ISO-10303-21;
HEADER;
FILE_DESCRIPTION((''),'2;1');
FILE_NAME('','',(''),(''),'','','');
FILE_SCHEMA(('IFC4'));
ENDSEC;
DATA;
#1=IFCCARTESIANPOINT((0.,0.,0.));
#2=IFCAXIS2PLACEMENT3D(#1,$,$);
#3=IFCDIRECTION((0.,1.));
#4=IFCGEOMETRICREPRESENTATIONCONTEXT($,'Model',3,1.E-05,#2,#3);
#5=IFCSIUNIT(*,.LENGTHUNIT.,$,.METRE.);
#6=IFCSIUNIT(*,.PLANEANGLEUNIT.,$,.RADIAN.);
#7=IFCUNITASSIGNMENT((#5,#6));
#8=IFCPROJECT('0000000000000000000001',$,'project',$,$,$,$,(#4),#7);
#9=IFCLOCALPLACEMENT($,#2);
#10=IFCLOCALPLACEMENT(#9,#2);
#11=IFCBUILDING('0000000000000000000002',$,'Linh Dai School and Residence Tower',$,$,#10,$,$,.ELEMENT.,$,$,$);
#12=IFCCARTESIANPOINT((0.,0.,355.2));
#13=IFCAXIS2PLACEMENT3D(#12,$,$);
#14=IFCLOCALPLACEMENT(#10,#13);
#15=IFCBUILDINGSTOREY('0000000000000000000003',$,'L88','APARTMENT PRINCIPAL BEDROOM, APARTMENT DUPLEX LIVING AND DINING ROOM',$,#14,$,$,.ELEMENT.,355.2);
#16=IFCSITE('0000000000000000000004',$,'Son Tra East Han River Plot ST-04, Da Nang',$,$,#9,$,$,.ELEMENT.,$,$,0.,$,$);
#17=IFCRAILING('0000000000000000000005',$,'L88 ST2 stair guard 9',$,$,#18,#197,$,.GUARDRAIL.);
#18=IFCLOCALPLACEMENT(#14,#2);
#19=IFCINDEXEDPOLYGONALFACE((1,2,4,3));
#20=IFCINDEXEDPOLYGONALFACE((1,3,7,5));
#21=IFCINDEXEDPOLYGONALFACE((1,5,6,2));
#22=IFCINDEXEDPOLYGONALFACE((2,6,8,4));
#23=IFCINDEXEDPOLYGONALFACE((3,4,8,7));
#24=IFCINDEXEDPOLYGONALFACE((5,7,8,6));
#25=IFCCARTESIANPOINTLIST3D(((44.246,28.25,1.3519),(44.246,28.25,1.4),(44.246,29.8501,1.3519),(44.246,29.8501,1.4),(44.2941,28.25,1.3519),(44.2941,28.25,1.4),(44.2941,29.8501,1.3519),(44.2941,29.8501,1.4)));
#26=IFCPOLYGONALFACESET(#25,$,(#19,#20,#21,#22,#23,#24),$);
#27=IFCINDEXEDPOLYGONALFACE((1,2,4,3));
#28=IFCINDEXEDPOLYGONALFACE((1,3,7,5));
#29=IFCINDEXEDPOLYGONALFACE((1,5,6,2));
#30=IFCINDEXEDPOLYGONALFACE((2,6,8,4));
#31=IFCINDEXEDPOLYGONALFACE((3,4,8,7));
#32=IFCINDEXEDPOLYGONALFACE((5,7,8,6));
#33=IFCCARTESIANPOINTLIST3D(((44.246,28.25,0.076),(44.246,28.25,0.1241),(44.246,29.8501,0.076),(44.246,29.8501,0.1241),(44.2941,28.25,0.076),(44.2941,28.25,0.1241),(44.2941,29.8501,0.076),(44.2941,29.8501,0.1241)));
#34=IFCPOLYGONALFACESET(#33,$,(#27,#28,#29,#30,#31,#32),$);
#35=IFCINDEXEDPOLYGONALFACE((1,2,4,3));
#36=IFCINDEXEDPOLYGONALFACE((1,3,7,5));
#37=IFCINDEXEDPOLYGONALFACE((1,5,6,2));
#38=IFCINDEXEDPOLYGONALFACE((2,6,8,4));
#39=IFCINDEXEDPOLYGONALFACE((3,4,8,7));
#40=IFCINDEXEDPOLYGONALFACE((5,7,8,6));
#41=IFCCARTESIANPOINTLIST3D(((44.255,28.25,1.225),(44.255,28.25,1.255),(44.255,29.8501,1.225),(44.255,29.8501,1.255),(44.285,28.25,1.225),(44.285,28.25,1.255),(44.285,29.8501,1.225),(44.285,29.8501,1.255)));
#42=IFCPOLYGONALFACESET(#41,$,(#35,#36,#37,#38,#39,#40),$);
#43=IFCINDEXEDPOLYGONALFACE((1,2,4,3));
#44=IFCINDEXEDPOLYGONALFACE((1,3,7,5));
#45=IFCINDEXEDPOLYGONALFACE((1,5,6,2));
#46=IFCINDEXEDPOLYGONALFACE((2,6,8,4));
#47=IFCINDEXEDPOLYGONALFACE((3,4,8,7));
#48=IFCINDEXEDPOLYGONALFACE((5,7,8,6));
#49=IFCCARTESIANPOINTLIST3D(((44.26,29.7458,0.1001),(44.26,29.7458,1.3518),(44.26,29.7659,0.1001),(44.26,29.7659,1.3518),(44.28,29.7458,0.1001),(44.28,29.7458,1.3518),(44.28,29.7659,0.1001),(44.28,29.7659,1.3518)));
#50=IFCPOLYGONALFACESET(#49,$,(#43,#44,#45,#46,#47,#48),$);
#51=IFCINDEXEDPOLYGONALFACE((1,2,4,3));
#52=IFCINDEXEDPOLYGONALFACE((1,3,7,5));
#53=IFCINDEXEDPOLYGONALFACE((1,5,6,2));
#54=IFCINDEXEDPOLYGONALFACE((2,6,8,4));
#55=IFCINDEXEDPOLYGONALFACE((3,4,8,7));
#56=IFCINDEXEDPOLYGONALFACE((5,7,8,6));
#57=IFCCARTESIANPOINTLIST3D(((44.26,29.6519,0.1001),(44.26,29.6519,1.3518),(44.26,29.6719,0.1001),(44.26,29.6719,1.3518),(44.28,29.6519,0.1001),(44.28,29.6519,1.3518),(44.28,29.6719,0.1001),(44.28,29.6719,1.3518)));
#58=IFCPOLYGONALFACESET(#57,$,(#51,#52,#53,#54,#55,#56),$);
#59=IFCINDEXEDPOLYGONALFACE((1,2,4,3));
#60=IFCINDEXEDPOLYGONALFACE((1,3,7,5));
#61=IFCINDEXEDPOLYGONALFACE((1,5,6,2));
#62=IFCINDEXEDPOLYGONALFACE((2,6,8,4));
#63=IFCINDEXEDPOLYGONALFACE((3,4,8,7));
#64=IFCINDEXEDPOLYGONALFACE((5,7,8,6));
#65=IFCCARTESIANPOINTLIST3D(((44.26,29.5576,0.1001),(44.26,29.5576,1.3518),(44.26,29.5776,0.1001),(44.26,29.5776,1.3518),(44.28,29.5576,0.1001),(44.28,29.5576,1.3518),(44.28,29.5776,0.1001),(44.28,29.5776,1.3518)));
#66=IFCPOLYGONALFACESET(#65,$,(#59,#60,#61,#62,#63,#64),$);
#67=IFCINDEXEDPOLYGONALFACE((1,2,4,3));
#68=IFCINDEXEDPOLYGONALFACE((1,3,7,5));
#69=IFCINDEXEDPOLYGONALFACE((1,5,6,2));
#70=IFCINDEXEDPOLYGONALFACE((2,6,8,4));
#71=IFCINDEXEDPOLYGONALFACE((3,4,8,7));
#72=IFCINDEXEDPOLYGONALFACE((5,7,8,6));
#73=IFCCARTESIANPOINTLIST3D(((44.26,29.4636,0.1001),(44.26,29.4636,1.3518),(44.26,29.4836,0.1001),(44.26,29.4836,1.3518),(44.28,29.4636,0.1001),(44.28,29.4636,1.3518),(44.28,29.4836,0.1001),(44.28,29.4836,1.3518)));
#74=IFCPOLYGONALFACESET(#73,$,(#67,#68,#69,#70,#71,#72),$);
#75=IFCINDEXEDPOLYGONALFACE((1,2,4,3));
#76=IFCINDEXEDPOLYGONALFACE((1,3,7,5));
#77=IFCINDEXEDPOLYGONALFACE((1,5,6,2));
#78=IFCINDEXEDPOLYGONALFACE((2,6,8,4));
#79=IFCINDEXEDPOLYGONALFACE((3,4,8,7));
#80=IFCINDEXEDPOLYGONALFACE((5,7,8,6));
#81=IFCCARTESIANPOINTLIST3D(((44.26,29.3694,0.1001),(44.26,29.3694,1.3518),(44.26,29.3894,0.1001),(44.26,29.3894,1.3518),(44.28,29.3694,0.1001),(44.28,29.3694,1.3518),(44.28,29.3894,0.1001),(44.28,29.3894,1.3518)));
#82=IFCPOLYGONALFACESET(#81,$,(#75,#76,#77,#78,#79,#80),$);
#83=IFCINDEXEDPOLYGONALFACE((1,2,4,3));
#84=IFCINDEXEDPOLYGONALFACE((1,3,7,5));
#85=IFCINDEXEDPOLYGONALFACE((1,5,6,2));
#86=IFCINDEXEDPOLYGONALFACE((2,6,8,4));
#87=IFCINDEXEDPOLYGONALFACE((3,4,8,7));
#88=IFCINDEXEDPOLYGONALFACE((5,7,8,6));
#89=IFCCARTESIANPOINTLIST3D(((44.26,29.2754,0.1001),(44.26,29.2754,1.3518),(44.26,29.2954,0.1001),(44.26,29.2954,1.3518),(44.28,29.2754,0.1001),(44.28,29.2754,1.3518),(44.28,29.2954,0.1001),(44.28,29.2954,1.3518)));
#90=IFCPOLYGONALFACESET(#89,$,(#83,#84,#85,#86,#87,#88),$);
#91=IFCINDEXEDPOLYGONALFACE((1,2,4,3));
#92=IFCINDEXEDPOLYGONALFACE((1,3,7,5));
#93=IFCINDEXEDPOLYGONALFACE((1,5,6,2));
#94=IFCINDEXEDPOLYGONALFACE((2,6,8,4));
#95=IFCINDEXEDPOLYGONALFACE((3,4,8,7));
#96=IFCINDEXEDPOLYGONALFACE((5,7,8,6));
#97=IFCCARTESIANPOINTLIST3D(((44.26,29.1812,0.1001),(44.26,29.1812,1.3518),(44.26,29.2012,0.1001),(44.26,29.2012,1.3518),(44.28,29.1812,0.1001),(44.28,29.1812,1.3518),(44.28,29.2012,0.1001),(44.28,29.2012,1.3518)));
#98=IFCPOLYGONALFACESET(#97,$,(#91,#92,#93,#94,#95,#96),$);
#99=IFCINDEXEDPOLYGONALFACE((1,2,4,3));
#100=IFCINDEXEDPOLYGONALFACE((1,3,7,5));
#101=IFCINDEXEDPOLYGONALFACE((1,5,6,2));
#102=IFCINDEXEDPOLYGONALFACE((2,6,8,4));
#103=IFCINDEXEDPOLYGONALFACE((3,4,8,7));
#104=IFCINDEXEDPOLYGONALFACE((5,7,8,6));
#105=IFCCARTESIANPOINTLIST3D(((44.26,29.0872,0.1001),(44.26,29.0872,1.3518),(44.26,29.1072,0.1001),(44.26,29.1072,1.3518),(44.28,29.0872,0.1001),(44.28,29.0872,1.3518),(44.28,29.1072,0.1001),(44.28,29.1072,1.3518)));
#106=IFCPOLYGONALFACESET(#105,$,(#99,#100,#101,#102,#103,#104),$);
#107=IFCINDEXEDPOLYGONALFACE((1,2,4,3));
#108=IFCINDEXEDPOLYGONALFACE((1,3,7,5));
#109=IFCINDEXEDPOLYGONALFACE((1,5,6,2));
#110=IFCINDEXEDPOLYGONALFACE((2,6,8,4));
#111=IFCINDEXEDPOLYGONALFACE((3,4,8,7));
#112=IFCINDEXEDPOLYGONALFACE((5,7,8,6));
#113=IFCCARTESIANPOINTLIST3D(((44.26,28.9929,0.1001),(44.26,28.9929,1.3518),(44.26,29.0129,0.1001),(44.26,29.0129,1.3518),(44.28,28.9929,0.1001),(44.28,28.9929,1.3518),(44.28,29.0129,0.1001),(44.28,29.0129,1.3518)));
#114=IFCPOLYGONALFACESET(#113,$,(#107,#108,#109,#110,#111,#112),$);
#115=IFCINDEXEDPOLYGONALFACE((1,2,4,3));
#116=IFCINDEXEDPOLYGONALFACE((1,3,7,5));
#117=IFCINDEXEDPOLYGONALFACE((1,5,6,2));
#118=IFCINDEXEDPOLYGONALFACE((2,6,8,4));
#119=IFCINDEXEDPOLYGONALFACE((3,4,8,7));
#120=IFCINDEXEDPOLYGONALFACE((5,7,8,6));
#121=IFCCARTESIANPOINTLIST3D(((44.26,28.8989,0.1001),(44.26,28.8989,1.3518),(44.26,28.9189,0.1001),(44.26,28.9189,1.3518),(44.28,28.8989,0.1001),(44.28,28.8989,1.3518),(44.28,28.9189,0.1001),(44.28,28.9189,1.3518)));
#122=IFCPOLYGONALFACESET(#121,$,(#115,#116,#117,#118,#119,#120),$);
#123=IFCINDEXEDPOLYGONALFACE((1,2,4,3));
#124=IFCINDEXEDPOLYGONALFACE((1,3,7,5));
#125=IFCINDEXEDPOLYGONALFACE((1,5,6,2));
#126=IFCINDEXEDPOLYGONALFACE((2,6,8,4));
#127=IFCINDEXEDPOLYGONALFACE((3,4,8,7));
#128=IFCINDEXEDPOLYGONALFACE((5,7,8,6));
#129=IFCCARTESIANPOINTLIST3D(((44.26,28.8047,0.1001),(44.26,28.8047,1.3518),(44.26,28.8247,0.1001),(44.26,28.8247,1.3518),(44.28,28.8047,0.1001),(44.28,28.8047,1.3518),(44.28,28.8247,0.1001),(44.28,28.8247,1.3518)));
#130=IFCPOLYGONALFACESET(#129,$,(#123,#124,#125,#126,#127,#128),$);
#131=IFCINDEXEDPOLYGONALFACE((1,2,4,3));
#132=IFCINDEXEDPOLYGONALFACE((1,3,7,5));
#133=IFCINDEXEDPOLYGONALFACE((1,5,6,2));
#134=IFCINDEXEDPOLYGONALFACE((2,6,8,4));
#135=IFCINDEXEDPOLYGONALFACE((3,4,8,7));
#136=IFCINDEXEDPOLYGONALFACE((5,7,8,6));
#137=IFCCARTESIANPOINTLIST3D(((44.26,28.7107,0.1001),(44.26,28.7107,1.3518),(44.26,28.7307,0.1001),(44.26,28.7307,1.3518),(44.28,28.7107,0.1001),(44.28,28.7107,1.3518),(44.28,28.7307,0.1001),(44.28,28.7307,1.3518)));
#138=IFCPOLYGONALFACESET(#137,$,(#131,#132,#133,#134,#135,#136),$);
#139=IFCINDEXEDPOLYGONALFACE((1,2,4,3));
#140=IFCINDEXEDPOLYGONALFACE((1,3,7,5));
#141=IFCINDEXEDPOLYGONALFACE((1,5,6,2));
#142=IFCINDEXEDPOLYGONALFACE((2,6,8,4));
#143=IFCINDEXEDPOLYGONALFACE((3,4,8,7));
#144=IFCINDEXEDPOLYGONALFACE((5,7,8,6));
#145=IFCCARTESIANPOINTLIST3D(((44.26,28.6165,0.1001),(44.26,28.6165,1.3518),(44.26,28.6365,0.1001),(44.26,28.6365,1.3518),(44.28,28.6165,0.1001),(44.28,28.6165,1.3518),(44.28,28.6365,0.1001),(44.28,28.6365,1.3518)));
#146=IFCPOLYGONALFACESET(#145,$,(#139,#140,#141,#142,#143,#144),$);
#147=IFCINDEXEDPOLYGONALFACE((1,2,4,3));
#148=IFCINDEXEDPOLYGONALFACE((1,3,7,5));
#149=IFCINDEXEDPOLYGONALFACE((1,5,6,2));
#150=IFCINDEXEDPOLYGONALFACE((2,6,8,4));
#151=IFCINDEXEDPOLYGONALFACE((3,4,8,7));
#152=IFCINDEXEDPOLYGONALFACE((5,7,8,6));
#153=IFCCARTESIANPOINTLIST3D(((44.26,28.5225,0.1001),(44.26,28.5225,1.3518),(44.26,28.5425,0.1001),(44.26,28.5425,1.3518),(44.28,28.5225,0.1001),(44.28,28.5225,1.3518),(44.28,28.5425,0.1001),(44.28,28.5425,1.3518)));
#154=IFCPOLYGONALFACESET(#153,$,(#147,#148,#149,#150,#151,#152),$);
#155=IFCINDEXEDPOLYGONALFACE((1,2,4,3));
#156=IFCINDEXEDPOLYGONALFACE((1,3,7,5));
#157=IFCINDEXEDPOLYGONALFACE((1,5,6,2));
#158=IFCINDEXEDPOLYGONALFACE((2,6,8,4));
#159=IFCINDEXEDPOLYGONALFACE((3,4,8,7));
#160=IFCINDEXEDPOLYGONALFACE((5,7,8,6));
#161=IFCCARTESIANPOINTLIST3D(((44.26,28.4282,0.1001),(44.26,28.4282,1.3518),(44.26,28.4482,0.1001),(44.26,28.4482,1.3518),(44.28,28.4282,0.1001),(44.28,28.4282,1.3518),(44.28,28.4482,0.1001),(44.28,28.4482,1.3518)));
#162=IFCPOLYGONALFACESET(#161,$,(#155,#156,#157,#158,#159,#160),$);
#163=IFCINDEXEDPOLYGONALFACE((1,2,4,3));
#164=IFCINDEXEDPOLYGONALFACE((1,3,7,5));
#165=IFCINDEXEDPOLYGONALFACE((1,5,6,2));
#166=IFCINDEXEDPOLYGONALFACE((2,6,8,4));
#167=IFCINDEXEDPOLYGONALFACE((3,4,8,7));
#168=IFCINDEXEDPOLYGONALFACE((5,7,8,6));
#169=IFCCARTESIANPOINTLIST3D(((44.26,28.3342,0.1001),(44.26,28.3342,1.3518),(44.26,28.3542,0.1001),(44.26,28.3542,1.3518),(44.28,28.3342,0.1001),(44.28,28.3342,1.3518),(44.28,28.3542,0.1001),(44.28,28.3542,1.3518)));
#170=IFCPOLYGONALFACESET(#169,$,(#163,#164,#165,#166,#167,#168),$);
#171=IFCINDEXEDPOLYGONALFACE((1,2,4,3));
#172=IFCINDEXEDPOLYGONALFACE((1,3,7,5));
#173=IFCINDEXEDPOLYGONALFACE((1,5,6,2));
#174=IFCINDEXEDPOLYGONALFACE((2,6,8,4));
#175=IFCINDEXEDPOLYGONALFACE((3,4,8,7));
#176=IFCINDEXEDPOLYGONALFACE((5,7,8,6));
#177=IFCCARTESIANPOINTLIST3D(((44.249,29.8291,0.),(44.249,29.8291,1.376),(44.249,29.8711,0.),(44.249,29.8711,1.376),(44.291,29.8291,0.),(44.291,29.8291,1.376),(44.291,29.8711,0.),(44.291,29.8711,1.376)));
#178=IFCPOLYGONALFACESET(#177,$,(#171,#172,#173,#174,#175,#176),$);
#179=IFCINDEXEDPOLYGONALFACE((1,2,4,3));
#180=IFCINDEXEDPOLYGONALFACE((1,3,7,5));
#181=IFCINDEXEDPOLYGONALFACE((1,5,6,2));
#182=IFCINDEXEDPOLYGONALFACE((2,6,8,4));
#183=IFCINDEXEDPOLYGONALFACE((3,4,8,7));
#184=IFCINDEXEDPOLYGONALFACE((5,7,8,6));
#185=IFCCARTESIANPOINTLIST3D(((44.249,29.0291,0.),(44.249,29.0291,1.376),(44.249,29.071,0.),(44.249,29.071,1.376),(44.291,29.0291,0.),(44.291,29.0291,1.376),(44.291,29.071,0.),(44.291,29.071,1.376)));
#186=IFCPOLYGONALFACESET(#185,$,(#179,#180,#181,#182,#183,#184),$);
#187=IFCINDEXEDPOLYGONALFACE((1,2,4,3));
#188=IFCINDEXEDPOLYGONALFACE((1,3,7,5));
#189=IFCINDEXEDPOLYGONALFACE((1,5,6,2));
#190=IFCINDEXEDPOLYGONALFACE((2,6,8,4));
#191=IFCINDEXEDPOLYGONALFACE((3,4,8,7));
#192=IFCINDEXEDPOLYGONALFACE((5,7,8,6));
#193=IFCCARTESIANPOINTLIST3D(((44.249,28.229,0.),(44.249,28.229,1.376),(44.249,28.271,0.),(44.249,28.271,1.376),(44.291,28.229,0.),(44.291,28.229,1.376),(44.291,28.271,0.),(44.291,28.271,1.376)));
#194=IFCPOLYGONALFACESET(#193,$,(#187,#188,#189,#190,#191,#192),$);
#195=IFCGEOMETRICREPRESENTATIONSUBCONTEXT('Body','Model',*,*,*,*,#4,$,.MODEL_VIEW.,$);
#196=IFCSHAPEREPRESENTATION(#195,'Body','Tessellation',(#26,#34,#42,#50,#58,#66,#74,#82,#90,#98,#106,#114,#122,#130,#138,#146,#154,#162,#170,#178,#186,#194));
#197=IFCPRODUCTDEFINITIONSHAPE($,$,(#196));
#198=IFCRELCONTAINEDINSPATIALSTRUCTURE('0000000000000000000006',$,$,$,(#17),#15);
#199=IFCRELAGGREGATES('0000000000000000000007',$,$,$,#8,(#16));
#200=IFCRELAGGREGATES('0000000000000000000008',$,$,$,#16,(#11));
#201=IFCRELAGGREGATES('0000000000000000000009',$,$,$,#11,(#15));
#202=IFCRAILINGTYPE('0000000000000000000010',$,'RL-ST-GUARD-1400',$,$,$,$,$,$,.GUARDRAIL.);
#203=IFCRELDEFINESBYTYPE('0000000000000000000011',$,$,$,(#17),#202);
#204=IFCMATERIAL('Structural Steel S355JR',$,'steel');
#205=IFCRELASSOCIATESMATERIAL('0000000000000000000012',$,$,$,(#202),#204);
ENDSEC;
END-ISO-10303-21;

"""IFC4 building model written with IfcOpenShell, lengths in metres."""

from ifc_helpers import new_model, si_unit, direction, frame, origin, origin_2d, place, context, subcontext, project, spatial, rectangle, extrude, source, transform, mapped, material, type_object, element, save


model = new_model("IFC4")

# Units and contexts
model_context = context("Model", 3, precision=1e-05, world=origin(), true_north=direction((0.0, 1.0)))
body_context = subcontext(model_context, "Body", "Model", "MODEL_VIEW")
ifc_project = project(units=[si_unit("LENGTHUNIT", "METRE"), si_unit("PLANEANGLEUNIT", "RADIAN")], contexts=[model_context])

# Site, building, storey
site_placement = place(None, origin())
site = spatial("IfcSite", under=ifc_project, at=site_placement, Name="Son Tra East Han River Plot ST-04, Da Nang", CompositionType="ELEMENT", RefElevation=0.0)
building_placement = place(site_placement, origin())
building = spatial("IfcBuilding", under=site, at=building_placement, Name="Linh Dai School and Residence Tower", CompositionType="ELEMENT")
storey_placement = place(building_placement, frame((0.0, 0.0, 355.2)))
storey = spatial("IfcBuildingStorey", under=building, at=storey_placement, Name="L88", Description="APARTMENT PRINCIPAL BEDROOM, APARTMENT DUPLEX LIVING AND DINING ROOM", CompositionType="ELEMENT", Elevation=355.2)

# Shared definitions
ifc_material_1 = material(Name="Structural Steel S355JR", Category="steel")

# Railing
railing_type_1 = type_object("IfcRailingType", Name="RL-ST-GUARD-1400", PredefinedType="GUARDRAIL", material=ifc_material_1)
shared_shape_1 = source(origin(), body_context, "Body", "SweptSolid", [
    extrude(rectangle(XDim=0.0481, YDim=0.0481, at=origin_2d()), frame((0.0, 0.0, 1.376), z_axis=(0.0, -1.0, 0.0), x_axis=(1.0, 0.0, 0.0)), (0.0, 0.0, 1.0), 1.6001),
    extrude(rectangle(XDim=0.0481, YDim=0.0481, at=origin_2d()), frame((0.0, 0.0, 0.1001), z_axis=(0.0, -1.0, 0.0), x_axis=(1.0, 0.0, 0.0)), (0.0, 0.0, 1.0), 1.6001),
    extrude(rectangle(XDim=0.03, YDim=0.03, at=origin_2d()), frame((0.0, 0.0, 1.24), z_axis=(0.0, -1.0, 0.0), x_axis=(1.0, 0.0, 0.0)), (0.0, 0.0, 1.0), 1.6001),
    extrude(rectangle(XDim=0.02, YDim=0.02, at=origin_2d()), frame((0.0, -0.0942, 0.1001)), (0.0, 0.0, 1.0), 1.2517),
    extrude(rectangle(XDim=0.02, YDim=0.02, at=origin_2d()), frame((0.0, -0.1882, 0.1001)), (0.0, 0.0, 1.0), 1.2517),
    extrude(rectangle(XDim=0.02, YDim=0.02, at=origin_2d()), frame((0.0, -0.2825, 0.1001)), (0.0, 0.0, 1.0), 1.2517),
    extrude(rectangle(XDim=0.02, YDim=0.02, at=origin_2d()), frame((0.0, -0.3765, 0.1001)), (0.0, 0.0, 1.0), 1.2517),
    extrude(rectangle(XDim=0.02, YDim=0.02, at=origin_2d()), frame((0.0, -0.4707, 0.1001)), (0.0, 0.0, 1.0), 1.2517),
    extrude(rectangle(XDim=0.02, YDim=0.02, at=origin_2d()), frame((0.0, -0.5647, 0.1001)), (0.0, 0.0, 1.0), 1.2517),
    extrude(rectangle(XDim=0.02, YDim=0.02, at=origin_2d()), frame((0.0, -0.6589, 0.1001)), (0.0, 0.0, 1.0), 1.2517),
    extrude(rectangle(XDim=0.02, YDim=0.02, at=origin_2d()), frame((0.0, -0.7529, 0.1001)), (0.0, 0.0, 1.0), 1.2517),
    extrude(rectangle(XDim=0.02, YDim=0.02, at=origin_2d()), frame((0.0, -0.8472, 0.1001)), (0.0, 0.0, 1.0), 1.2517),
    extrude(rectangle(XDim=0.02, YDim=0.02, at=origin_2d()), frame((0.0, -0.9412, 0.1001)), (0.0, 0.0, 1.0), 1.2517),
    extrude(rectangle(XDim=0.02, YDim=0.02, at=origin_2d()), frame((0.0, -1.0354, 0.1001)), (0.0, 0.0, 1.0), 1.2517),
    extrude(rectangle(XDim=0.02, YDim=0.02, at=origin_2d()), frame((0.0, -1.1294, 0.1001)), (0.0, 0.0, 1.0), 1.2517),
    extrude(rectangle(XDim=0.02, YDim=0.02, at=origin_2d()), frame((0.0, -1.2236, 0.1001)), (0.0, 0.0, 1.0), 1.2517),
    extrude(rectangle(XDim=0.02, YDim=0.02, at=origin_2d()), frame((0.0, -1.3176, 0.1001)), (0.0, 0.0, 1.0), 1.2517),
    extrude(rectangle(XDim=0.02, YDim=0.02, at=origin_2d()), frame((0.0, -1.4119, 0.1001)), (0.0, 0.0, 1.0), 1.2517),
    extrude(rectangle(XDim=0.02, YDim=0.02, at=origin_2d()), frame((0.0, -1.5059, 0.1001)), (0.0, 0.0, 1.0), 1.2517),
    extrude(rectangle(XDim=0.042, YDim=0.042, at=origin_2d()), origin(), (0.0, 0.0, 1.0), 1.376),
    extrude(rectangle(XDim=0.042, YDim=0.042, at=origin_2d()), frame((0.0, -0.8, 0.0)), (0.0, 0.0, 1.0), 1.376),
    extrude(rectangle(XDim=0.042, YDim=0.042, at=origin_2d()), frame((0.0, -1.6001, 0.0)), (0.0, 0.0, 1.0), 1.376),
])
for number, where, name in (
    (1, (44.27, 29.8501, 0.0), "L88 ST2 stair guard 9"),
):
    element("IfcRailing", number, at=place(storey_placement, frame(where)), inside=storey, type_object=railing_type_1, Name=name, PredefinedType="GUARDRAIL", context=body_context, shape_type="MappedRepresentation", body=[
        mapped(shared_shape_1, transform((0.0, 0.0, 0.0), x_axis=(1.0, 0.0, 0.0), y_axis=(0.0, 1.0, 0.0), z_axis=(0.0, 0.0, 1.0), scale=1.0)),
    ])

save(model, "model.ifc")
